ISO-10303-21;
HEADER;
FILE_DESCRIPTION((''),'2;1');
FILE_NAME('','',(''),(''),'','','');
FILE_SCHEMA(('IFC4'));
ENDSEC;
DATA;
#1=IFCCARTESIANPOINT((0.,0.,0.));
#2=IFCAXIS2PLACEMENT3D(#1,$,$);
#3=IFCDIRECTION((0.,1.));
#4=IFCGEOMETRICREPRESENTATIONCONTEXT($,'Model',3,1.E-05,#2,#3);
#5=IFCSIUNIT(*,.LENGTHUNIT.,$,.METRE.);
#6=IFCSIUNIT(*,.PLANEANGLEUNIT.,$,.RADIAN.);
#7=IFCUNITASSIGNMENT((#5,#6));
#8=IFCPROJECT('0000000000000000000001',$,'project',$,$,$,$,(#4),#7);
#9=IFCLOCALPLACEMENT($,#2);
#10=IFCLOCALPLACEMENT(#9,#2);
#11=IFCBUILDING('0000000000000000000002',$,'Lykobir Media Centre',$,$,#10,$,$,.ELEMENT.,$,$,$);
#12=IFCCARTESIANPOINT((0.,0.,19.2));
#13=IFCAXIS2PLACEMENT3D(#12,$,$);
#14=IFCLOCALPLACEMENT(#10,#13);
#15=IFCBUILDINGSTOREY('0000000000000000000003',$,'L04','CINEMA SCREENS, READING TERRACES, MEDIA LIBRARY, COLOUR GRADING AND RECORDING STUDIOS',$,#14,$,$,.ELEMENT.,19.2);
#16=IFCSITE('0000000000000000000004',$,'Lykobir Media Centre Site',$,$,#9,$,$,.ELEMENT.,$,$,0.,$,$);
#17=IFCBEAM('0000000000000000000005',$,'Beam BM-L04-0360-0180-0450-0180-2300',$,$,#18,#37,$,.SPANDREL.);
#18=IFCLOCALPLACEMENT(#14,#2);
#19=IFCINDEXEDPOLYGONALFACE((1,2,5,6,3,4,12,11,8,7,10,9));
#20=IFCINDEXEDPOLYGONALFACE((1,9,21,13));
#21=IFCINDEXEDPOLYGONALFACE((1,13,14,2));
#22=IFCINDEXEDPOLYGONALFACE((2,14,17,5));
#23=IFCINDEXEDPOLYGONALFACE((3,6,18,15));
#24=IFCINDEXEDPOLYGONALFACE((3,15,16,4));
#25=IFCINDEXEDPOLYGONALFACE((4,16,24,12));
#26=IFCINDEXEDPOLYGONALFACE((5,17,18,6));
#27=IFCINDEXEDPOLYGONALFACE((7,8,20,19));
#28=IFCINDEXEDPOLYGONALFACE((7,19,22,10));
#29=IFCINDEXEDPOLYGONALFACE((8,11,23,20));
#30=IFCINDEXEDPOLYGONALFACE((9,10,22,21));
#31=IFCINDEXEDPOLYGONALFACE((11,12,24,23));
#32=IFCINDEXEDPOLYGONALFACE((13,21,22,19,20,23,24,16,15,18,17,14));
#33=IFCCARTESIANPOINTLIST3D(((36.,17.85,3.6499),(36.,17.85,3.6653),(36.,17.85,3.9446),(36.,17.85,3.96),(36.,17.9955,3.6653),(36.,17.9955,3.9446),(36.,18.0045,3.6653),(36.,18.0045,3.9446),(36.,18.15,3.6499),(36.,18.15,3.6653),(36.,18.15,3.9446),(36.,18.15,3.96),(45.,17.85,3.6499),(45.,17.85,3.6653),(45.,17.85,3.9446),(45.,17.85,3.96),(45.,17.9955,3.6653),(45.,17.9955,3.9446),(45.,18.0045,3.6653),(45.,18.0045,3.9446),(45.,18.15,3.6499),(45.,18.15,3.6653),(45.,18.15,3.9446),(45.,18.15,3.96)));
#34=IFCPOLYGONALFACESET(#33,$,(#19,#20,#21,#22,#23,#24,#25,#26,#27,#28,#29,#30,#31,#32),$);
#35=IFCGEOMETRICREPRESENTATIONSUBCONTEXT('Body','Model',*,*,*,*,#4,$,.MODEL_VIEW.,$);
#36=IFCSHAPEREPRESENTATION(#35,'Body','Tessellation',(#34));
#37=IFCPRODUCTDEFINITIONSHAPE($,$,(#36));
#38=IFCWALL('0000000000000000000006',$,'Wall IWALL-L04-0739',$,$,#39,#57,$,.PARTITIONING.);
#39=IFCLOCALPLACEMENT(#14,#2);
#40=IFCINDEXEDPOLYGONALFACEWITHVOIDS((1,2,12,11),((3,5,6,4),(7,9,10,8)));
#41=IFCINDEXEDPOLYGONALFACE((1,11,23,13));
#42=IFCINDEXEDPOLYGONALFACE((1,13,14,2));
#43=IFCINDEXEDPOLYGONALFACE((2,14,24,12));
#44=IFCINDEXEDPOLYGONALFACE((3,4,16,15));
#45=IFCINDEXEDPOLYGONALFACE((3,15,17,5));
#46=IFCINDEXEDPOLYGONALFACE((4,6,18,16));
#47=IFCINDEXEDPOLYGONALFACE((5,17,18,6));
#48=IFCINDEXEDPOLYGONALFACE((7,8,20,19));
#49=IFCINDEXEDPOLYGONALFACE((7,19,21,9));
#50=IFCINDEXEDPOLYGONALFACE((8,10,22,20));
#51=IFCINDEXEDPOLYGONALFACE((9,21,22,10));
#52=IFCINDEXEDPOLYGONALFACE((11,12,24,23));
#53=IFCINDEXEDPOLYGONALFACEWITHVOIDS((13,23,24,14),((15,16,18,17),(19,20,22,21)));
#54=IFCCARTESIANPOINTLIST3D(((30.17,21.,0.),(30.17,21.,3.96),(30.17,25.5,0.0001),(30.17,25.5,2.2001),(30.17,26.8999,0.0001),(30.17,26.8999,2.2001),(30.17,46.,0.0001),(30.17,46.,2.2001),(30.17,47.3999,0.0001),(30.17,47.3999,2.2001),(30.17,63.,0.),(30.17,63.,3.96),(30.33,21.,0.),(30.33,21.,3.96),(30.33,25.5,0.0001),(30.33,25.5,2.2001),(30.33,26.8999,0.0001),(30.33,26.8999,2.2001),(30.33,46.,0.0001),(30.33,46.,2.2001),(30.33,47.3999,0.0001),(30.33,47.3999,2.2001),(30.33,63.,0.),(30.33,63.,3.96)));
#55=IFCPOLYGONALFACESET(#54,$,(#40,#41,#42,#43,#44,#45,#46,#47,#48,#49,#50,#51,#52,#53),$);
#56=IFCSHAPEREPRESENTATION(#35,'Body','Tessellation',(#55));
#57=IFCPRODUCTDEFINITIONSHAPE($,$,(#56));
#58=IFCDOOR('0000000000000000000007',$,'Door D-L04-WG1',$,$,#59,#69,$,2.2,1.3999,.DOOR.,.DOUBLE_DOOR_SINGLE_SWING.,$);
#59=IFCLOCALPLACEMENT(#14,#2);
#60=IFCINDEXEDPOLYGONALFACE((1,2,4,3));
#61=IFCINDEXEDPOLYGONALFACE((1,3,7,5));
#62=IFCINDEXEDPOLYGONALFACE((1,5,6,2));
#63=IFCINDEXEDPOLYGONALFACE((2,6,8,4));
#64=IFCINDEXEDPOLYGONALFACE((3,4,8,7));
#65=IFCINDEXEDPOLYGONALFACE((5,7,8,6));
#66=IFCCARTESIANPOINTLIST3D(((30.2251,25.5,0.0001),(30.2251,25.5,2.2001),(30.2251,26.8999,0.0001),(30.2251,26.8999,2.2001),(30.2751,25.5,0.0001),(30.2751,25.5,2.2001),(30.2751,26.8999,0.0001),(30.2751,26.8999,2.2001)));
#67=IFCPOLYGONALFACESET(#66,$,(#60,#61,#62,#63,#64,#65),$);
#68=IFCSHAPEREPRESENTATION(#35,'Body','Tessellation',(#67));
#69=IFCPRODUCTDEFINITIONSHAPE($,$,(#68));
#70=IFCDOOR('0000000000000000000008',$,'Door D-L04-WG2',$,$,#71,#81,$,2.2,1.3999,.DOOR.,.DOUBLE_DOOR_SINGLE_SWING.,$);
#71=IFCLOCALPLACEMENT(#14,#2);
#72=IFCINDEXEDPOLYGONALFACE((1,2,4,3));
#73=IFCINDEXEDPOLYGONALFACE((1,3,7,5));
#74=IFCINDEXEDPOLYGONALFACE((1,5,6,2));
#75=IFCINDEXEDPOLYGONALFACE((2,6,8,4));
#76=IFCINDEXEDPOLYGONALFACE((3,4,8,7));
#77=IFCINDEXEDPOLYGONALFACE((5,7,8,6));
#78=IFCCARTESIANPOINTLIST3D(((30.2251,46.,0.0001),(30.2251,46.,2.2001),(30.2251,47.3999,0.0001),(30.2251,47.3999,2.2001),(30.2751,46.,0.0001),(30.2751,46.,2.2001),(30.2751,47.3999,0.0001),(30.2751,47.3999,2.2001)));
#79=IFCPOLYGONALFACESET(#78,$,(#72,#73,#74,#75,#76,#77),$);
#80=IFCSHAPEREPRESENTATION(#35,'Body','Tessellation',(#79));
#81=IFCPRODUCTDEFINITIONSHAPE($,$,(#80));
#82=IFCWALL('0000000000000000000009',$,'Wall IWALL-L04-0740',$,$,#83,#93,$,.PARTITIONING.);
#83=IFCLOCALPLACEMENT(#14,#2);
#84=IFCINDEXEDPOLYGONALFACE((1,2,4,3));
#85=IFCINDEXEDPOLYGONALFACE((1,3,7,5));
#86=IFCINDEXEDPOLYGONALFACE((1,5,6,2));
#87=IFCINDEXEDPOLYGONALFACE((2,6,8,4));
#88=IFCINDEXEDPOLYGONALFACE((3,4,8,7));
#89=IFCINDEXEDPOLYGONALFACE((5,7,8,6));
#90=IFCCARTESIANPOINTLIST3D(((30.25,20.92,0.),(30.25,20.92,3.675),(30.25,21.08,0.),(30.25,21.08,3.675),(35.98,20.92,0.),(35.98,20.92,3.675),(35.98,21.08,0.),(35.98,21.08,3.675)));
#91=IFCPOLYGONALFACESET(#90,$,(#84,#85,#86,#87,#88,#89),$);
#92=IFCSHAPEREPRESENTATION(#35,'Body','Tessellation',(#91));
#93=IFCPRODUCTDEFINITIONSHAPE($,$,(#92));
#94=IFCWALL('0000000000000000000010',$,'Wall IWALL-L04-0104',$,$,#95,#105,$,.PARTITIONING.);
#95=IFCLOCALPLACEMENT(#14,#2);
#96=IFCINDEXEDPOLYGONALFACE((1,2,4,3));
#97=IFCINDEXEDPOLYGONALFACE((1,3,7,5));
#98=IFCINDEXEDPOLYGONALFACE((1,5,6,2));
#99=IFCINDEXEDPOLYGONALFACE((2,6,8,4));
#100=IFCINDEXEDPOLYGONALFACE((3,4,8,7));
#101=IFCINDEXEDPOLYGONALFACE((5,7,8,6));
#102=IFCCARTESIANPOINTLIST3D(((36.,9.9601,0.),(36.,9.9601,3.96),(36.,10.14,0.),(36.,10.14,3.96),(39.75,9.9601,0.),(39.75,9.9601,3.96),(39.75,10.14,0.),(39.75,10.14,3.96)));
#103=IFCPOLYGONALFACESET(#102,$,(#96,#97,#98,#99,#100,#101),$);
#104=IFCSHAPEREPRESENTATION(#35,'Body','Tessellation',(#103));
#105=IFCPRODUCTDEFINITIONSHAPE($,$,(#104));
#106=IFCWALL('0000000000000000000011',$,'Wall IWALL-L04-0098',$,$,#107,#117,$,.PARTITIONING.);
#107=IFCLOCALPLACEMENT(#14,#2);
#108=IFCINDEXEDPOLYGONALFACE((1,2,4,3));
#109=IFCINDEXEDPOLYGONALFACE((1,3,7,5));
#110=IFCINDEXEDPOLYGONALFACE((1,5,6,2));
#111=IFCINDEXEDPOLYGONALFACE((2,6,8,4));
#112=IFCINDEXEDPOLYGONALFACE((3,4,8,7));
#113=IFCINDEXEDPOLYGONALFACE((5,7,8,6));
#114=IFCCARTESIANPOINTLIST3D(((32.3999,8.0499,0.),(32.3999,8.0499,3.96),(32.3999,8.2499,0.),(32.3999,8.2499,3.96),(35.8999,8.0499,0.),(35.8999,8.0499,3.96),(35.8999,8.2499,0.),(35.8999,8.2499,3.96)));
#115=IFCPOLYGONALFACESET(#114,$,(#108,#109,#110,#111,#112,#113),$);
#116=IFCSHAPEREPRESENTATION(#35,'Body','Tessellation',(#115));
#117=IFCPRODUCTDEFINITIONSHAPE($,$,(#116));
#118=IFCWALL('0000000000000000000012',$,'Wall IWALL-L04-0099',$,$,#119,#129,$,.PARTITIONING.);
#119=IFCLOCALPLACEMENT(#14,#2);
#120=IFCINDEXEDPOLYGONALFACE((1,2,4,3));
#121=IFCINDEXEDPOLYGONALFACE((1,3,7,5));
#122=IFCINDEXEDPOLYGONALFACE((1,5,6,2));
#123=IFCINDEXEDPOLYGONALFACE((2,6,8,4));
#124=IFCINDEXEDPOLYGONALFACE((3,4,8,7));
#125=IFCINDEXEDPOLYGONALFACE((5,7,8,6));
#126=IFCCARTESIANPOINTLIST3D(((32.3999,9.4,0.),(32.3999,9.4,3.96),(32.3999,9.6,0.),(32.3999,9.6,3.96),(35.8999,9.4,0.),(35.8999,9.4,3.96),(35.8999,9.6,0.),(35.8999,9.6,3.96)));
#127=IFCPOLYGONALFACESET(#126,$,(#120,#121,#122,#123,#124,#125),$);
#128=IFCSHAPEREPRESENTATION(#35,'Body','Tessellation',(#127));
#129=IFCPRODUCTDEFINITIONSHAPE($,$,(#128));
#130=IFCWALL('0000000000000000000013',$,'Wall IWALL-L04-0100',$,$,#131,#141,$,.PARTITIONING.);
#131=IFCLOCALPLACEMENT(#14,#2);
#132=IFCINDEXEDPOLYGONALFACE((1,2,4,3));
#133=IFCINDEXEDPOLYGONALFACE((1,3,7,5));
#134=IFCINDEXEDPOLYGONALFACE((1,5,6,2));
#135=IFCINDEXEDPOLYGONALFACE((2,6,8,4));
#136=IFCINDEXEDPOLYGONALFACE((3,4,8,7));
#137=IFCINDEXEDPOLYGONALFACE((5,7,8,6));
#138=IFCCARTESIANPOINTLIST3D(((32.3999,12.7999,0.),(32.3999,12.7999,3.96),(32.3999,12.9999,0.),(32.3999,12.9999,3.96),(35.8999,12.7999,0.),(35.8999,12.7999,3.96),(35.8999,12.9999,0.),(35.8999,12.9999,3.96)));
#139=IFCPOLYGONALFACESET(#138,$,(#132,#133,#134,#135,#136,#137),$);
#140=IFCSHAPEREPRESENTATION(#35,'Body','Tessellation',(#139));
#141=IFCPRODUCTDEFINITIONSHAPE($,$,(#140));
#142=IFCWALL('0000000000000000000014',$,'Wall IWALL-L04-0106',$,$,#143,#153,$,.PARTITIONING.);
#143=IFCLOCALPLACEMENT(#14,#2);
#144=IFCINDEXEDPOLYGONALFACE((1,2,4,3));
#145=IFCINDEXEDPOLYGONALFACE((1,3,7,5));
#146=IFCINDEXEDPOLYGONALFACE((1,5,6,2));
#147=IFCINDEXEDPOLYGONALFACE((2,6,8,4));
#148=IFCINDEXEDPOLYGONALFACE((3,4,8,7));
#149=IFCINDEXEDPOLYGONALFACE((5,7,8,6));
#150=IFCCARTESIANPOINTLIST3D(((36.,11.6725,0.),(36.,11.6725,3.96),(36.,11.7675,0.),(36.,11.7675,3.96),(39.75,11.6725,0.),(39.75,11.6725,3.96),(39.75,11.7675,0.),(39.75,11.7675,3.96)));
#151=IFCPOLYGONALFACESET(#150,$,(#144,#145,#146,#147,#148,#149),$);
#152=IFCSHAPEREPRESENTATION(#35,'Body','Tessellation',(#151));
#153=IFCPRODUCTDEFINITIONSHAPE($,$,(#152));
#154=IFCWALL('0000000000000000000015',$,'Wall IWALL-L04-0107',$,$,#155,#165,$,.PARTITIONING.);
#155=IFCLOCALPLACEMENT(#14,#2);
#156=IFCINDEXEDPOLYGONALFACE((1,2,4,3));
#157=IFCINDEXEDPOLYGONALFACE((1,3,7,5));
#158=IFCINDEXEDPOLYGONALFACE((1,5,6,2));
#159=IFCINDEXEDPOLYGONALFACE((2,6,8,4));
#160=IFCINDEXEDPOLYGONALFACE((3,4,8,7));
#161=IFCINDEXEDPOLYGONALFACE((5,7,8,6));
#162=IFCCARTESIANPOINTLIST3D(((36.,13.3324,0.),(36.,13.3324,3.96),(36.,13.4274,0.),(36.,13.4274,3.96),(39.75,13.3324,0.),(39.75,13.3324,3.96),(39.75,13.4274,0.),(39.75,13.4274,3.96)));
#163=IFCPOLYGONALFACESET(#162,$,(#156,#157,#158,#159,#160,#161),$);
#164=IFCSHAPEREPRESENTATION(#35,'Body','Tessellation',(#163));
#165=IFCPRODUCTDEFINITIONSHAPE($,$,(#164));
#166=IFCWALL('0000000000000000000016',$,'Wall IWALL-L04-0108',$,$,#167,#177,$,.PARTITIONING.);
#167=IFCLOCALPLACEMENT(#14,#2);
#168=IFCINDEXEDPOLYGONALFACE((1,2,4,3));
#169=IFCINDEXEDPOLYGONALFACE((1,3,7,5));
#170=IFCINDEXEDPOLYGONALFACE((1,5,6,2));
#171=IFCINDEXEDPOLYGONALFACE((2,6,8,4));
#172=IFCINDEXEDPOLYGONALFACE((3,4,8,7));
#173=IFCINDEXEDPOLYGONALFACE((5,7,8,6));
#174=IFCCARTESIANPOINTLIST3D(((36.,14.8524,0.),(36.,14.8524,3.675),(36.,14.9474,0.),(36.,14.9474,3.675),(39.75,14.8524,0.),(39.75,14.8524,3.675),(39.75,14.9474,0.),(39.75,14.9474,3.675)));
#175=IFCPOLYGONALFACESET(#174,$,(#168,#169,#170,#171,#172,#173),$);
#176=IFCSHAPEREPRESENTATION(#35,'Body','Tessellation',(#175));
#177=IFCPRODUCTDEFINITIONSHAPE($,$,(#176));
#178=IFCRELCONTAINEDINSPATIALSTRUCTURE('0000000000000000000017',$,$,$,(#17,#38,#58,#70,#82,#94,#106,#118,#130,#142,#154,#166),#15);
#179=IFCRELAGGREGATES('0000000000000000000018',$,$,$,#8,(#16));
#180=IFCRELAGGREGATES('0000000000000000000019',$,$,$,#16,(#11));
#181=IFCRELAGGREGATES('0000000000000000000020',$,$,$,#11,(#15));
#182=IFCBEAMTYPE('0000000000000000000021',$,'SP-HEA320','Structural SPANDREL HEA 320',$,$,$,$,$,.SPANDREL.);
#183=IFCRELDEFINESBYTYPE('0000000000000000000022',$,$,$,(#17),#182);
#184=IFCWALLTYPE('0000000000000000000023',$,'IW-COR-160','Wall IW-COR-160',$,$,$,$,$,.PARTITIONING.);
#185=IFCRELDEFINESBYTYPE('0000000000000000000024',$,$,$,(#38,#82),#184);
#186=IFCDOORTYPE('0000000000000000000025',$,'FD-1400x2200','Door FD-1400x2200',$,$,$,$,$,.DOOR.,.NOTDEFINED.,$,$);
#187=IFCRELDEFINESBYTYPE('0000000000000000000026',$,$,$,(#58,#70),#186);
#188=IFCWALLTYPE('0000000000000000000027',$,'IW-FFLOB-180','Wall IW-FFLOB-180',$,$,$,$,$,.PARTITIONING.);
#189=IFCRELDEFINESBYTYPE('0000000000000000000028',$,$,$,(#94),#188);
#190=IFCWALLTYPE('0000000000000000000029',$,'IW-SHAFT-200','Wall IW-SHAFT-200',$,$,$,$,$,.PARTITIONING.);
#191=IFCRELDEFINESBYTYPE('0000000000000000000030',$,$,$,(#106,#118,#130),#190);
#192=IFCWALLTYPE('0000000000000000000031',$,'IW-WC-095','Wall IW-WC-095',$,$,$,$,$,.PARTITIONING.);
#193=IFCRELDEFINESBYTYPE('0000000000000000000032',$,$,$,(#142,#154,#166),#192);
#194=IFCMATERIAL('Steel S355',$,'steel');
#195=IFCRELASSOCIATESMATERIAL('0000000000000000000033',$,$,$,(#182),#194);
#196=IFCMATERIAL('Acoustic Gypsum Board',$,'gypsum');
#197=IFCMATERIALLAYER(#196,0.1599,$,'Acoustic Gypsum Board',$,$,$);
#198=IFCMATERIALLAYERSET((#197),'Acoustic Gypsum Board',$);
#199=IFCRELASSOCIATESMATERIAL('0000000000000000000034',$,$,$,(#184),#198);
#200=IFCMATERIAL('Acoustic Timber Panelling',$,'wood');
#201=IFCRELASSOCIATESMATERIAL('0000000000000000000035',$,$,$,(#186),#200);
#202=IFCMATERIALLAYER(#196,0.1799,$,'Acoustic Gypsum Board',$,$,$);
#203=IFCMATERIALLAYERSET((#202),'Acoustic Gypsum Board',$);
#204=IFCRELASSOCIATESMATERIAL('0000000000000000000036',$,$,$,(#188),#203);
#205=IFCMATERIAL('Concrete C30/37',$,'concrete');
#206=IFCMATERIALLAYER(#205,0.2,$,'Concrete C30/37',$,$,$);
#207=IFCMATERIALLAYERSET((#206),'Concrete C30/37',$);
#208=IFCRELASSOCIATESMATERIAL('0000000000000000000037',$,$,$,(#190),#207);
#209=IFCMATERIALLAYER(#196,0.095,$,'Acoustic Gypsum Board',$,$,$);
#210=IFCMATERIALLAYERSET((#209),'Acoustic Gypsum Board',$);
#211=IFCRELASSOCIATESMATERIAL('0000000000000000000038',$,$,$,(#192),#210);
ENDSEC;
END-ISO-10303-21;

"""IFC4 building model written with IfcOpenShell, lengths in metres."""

from ifc_helpers import new_model, si_unit, direction, frame, frame_2d, origin, origin_2d, place, context, subcontext, project, spatial, rectangle, i_section, extrude, material, layer, layer_set, material_profile, profile_set, type_object, element, fill, save


model = new_model("IFC4")

# Units and contexts
model_context = context("Model", 3, precision=1e-05, world=origin(), true_north=direction((0.0, 1.0)))
body_context = subcontext(model_context, "Body", "Model", "MODEL_VIEW")
ifc_project = project(units=[si_unit("LENGTHUNIT", "METRE"), si_unit("PLANEANGLEUNIT", "RADIAN")], contexts=[model_context])

# Site, building, storey
site_placement = place(None, origin())
site = spatial("IfcSite", under=ifc_project, at=site_placement, Name="Lykobir Media Centre Site", CompositionType="ELEMENT", RefElevation=0.0)
building_placement = place(site_placement, origin())
building = spatial("IfcBuilding", under=site, at=building_placement, Name="Lykobir Media Centre", CompositionType="ELEMENT")
storey_placement = place(building_placement, frame((0.0, 0.0, 19.2)))
storey = spatial("IfcBuildingStorey", under=building, at=storey_placement, Name="L04", Description="CINEMA SCREENS, READING TERRACES, MEDIA LIBRARY, COLOUR GRADING AND RECORDING STUDIOS", CompositionType="ELEMENT", Elevation=19.2)

# Shared definitions
ifc_material_1 = material(Name="Steel S355", Category="steel")

# Beam
ifc_material_profile_1 = material_profile(ifc_material_1, i_section(OverallWidth=0.3, OverallDepth=0.3101, WebThickness=0.009, FlangeThickness=0.0154, at=origin_2d()), Name="HEA 320")
ifc_profile_set_1 = profile_set([ifc_material_profile_1], Name="Steel S355")
beam_type_1 = type_object("IfcBeamType", Name="SP-HEA320", Description="Structural SPANDREL HEA 320", PredefinedType="SPANDREL", material=ifc_profile_set_1)
beam_1_placement = place(storey_placement, frame((36.0, 18.0, 3.8049), z_axis=(1.0, 0.0, 0.0), x_axis=(0.0, 1.0, 0.0)))
element("IfcBeam", 1, at=beam_1_placement, inside=storey, type_object=beam_type_1, Name="Beam BM-L04-0360-0180-0450-0180-2300", PredefinedType="SPANDREL", context=body_context, shape_type="SweptSolid", body=[
    extrude(i_section(OverallWidth=0.3, OverallDepth=0.3101, WebThickness=0.009, FlangeThickness=0.0154, at=origin_2d()), origin(), (0.0, 0.0, 1.0), 9.0),
])

# Wall, openings, doors
ifc_material_2 = material(Name="Acoustic Gypsum Board", Category="gypsum")
ifc_layer_1 = layer(ifc_material_2, 0.1599, Name="Acoustic Gypsum Board")
ifc_layer_set_1 = layer_set([ifc_layer_1], Name="Acoustic Gypsum Board")
wall_type_1 = type_object("IfcWallType", Name="IW-COR-160", Description="Wall IW-COR-160", PredefinedType="PARTITIONING", material=ifc_layer_set_1)
wall_1_placement = place(storey_placement, frame((30.25, 21.0, 0.0), z_axis=(0.0, 0.0, 1.0), x_axis=(0.0, 1.0, 0.0)))
wall_1 = element("IfcWall", 2, at=wall_1_placement, inside=storey, type_object=wall_type_1, Name="Wall IWALL-L04-0739", PredefinedType="PARTITIONING", context=body_context, shape_type="SweptSolid", body=[
    extrude(rectangle(XDim=42.0, YDim=0.1599, at=frame_2d((21.0, 0.0))), origin(), (0.0, 0.0, 1.0), 3.96),
])
opening_1_placement = place(wall_1_placement, frame((4.5, 0.0, 0.0)))
opening_1 = element("IfcOpeningElement", 3, at=opening_1_placement, cuts=wall_1, PredefinedType="OPENING", context=body_context, shape_type="SweptSolid", body=[
    extrude(rectangle(XDim=1.3999, YDim=2.2, at=frame_2d((0.7, 1.1001))), frame((0.0, 0.0898, 0.0), z_axis=(0.0, -1.0, 0.0), x_axis=(1.0, 0.0, 0.0)), (0.0, 0.0, 1.0), 0.1799),
])
opening_2_placement = place(wall_1_placement, frame((25.0, 0.0, 0.0)))
opening_2 = element("IfcOpeningElement", 4, at=opening_2_placement, cuts=wall_1, PredefinedType="OPENING", context=body_context, shape_type="SweptSolid", body=[
    extrude(rectangle(XDim=1.3999, YDim=2.2, at=frame_2d((0.7, 1.1001))), frame((0.0, 0.0898, 0.0), z_axis=(0.0, -1.0, 0.0), x_axis=(1.0, 0.0, 0.0)), (0.0, 0.0, 1.0), 0.1799),
])
ifc_material_3 = material(Name="Acoustic Timber Panelling", Category="wood")
door_type = type_object("IfcDoorType", Name="FD-1400x2200", Description="Door FD-1400x2200", OperationType="NOTDEFINED", PredefinedType="DOOR", material=ifc_material_3)
door_1_placement = place(opening_1_placement, origin())
door_1 = element("IfcDoor", 5, at=door_1_placement, inside=storey, type_object=door_type, Name="Door D-L04-WG1", OperationType="DOUBLE_DOOR_SINGLE_SWING", OverallHeight=2.2, OverallWidth=1.3999, PredefinedType="DOOR", context=body_context, shape_type="SweptSolid", body=[
    extrude(rectangle(XDim=1.3999, YDim=2.2, at=frame_2d((0.7, 1.1001))), frame((0.0, 0.0249, 0.0), z_axis=(0.0, -1.0, 0.0), x_axis=(1.0, 0.0, 0.0)), (0.0, 0.0, 1.0), 0.05),
])
fill(opening_1, door_1)
door_2_placement = place(opening_2_placement, origin())
door_2 = element("IfcDoor", 6, at=door_2_placement, inside=storey, type_object=door_type, Name="Door D-L04-WG2", OperationType="DOUBLE_DOOR_SINGLE_SWING", OverallHeight=2.2, OverallWidth=1.3999, PredefinedType="DOOR", context=body_context, shape_type="SweptSolid", body=[
    extrude(rectangle(XDim=1.3999, YDim=2.2, at=frame_2d((0.7, 1.1001))), frame((0.0, 0.0249, 0.0), z_axis=(0.0, -1.0, 0.0), x_axis=(1.0, 0.0, 0.0)), (0.0, 0.0, 1.0), 0.05),
])
fill(opening_2, door_2)

# Walls
wall_2_placement = place(storey_placement, frame((30.25, 21.0, 0.0), z_axis=(0.0, 0.0, 1.0), x_axis=(1.0, 0.0, 0.0)))
element("IfcWall", 7, at=wall_2_placement, inside=storey, type_object=wall_type_1, Name="Wall IWALL-L04-0740", PredefinedType="PARTITIONING", context=body_context, shape_type="SweptSolid", body=[
    extrude(rectangle(XDim=5.73, YDim=0.1599, at=frame_2d((2.865, 0.0))), origin(), (0.0, 0.0, 1.0), 3.675),
])
ifc_layer_2 = layer(ifc_material_2, 0.1799, Name="Acoustic Gypsum Board")
ifc_layer_set_2 = layer_set([ifc_layer_2], Name="Acoustic Gypsum Board")
wall_type_2 = type_object("IfcWallType", Name="IW-FFLOB-180", Description="Wall IW-FFLOB-180", PredefinedType="PARTITIONING", material=ifc_layer_set_2)
wall_3_placement = place(storey_placement, frame((36.0, 10.05, 0.0), z_axis=(0.0, 0.0, 1.0), x_axis=(1.0, 0.0, 0.0)))
element("IfcWall", 8, at=wall_3_placement, inside=storey, type_object=wall_type_2, Name="Wall IWALL-L04-0104", PredefinedType="PARTITIONING", context=body_context, shape_type="SweptSolid", body=[
    extrude(rectangle(XDim=3.75, YDim=0.1799, at=frame_2d((1.875, 0.0))), origin(), (0.0, 0.0, 1.0), 3.96),
])
ifc_material_4 = material(Name="Concrete C30/37", Category="concrete")
ifc_layer_3 = layer(ifc_material_4, 0.2, Name="Concrete C30/37")
ifc_layer_set_3 = layer_set([ifc_layer_3], Name="Concrete C30/37")
wall_type_3 = type_object("IfcWallType", Name="IW-SHAFT-200", Description="Wall IW-SHAFT-200", PredefinedType="PARTITIONING", material=ifc_layer_set_3)
for number, where, z_axis, x_axis, name in (
    (9, (32.3999, 8.1499, 0.0), (0.0, 0.0, 1.0), (1.0, 0.0, 0.0), "Wall IWALL-L04-0098"),
    (10, (32.3999, 9.5, 0.0), (0.0, 0.0, 1.0), (1.0, 0.0, 0.0), "Wall IWALL-L04-0099"),
    (11, (32.3999, 12.8999, 0.0), (0.0, 0.0, 1.0), (1.0, 0.0, 0.0), "Wall IWALL-L04-0100"),
):
    element("IfcWall", number, at=place(storey_placement, frame(where, z_axis=z_axis, x_axis=x_axis)), inside=storey, type_object=wall_type_3, Name=name, PredefinedType="PARTITIONING", context=body_context, shape_type="SweptSolid", body=[
        extrude(rectangle(XDim=3.5, YDim=0.2, at=frame_2d((1.75, 0.0))), origin(), (0.0, 0.0, 1.0), 3.96),
    ])
ifc_layer_4 = layer(ifc_material_2, 0.095, Name="Acoustic Gypsum Board")
ifc_layer_set_4 = layer_set([ifc_layer_4], Name="Acoustic Gypsum Board")
wall_type_4 = type_object("IfcWallType", Name="IW-WC-095", Description="Wall IW-WC-095", PredefinedType="PARTITIONING", material=ifc_layer_set_4)
for number, where, z_axis, x_axis, name in (
    (12, (36.0, 11.72, 0.0), (0.0, 0.0, 1.0), (1.0, 0.0, 0.0), "Wall IWALL-L04-0106"),
    (13, (36.0, 13.3799, 0.0), (0.0, 0.0, 1.0), (1.0, 0.0, 0.0), "Wall IWALL-L04-0107"),
):
    element("IfcWall", number, at=place(storey_placement, frame(where, z_axis=z_axis, x_axis=x_axis)), inside=storey, type_object=wall_type_4, Name=name, PredefinedType="PARTITIONING", context=body_context, shape_type="SweptSolid", body=[
        extrude(rectangle(XDim=3.75, YDim=0.095, at=frame_2d((1.875, 0.0))), origin(), (0.0, 0.0, 1.0), 3.96),
    ])
wall_4_placement = place(storey_placement, frame((36.0, 14.8999, 0.0), z_axis=(0.0, 0.0, 1.0), x_axis=(1.0, 0.0, 0.0)))
element("IfcWall", 14, at=wall_4_placement, inside=storey, type_object=wall_type_4, Name="Wall IWALL-L04-0108", PredefinedType="PARTITIONING", context=body_context, shape_type="SweptSolid", body=[
    extrude(rectangle(XDim=3.75, YDim=0.095, at=frame_2d((1.875, 0.0))), origin(), (0.0, 0.0, 1.0), 3.675),
])

save(model, "model.ifc")
